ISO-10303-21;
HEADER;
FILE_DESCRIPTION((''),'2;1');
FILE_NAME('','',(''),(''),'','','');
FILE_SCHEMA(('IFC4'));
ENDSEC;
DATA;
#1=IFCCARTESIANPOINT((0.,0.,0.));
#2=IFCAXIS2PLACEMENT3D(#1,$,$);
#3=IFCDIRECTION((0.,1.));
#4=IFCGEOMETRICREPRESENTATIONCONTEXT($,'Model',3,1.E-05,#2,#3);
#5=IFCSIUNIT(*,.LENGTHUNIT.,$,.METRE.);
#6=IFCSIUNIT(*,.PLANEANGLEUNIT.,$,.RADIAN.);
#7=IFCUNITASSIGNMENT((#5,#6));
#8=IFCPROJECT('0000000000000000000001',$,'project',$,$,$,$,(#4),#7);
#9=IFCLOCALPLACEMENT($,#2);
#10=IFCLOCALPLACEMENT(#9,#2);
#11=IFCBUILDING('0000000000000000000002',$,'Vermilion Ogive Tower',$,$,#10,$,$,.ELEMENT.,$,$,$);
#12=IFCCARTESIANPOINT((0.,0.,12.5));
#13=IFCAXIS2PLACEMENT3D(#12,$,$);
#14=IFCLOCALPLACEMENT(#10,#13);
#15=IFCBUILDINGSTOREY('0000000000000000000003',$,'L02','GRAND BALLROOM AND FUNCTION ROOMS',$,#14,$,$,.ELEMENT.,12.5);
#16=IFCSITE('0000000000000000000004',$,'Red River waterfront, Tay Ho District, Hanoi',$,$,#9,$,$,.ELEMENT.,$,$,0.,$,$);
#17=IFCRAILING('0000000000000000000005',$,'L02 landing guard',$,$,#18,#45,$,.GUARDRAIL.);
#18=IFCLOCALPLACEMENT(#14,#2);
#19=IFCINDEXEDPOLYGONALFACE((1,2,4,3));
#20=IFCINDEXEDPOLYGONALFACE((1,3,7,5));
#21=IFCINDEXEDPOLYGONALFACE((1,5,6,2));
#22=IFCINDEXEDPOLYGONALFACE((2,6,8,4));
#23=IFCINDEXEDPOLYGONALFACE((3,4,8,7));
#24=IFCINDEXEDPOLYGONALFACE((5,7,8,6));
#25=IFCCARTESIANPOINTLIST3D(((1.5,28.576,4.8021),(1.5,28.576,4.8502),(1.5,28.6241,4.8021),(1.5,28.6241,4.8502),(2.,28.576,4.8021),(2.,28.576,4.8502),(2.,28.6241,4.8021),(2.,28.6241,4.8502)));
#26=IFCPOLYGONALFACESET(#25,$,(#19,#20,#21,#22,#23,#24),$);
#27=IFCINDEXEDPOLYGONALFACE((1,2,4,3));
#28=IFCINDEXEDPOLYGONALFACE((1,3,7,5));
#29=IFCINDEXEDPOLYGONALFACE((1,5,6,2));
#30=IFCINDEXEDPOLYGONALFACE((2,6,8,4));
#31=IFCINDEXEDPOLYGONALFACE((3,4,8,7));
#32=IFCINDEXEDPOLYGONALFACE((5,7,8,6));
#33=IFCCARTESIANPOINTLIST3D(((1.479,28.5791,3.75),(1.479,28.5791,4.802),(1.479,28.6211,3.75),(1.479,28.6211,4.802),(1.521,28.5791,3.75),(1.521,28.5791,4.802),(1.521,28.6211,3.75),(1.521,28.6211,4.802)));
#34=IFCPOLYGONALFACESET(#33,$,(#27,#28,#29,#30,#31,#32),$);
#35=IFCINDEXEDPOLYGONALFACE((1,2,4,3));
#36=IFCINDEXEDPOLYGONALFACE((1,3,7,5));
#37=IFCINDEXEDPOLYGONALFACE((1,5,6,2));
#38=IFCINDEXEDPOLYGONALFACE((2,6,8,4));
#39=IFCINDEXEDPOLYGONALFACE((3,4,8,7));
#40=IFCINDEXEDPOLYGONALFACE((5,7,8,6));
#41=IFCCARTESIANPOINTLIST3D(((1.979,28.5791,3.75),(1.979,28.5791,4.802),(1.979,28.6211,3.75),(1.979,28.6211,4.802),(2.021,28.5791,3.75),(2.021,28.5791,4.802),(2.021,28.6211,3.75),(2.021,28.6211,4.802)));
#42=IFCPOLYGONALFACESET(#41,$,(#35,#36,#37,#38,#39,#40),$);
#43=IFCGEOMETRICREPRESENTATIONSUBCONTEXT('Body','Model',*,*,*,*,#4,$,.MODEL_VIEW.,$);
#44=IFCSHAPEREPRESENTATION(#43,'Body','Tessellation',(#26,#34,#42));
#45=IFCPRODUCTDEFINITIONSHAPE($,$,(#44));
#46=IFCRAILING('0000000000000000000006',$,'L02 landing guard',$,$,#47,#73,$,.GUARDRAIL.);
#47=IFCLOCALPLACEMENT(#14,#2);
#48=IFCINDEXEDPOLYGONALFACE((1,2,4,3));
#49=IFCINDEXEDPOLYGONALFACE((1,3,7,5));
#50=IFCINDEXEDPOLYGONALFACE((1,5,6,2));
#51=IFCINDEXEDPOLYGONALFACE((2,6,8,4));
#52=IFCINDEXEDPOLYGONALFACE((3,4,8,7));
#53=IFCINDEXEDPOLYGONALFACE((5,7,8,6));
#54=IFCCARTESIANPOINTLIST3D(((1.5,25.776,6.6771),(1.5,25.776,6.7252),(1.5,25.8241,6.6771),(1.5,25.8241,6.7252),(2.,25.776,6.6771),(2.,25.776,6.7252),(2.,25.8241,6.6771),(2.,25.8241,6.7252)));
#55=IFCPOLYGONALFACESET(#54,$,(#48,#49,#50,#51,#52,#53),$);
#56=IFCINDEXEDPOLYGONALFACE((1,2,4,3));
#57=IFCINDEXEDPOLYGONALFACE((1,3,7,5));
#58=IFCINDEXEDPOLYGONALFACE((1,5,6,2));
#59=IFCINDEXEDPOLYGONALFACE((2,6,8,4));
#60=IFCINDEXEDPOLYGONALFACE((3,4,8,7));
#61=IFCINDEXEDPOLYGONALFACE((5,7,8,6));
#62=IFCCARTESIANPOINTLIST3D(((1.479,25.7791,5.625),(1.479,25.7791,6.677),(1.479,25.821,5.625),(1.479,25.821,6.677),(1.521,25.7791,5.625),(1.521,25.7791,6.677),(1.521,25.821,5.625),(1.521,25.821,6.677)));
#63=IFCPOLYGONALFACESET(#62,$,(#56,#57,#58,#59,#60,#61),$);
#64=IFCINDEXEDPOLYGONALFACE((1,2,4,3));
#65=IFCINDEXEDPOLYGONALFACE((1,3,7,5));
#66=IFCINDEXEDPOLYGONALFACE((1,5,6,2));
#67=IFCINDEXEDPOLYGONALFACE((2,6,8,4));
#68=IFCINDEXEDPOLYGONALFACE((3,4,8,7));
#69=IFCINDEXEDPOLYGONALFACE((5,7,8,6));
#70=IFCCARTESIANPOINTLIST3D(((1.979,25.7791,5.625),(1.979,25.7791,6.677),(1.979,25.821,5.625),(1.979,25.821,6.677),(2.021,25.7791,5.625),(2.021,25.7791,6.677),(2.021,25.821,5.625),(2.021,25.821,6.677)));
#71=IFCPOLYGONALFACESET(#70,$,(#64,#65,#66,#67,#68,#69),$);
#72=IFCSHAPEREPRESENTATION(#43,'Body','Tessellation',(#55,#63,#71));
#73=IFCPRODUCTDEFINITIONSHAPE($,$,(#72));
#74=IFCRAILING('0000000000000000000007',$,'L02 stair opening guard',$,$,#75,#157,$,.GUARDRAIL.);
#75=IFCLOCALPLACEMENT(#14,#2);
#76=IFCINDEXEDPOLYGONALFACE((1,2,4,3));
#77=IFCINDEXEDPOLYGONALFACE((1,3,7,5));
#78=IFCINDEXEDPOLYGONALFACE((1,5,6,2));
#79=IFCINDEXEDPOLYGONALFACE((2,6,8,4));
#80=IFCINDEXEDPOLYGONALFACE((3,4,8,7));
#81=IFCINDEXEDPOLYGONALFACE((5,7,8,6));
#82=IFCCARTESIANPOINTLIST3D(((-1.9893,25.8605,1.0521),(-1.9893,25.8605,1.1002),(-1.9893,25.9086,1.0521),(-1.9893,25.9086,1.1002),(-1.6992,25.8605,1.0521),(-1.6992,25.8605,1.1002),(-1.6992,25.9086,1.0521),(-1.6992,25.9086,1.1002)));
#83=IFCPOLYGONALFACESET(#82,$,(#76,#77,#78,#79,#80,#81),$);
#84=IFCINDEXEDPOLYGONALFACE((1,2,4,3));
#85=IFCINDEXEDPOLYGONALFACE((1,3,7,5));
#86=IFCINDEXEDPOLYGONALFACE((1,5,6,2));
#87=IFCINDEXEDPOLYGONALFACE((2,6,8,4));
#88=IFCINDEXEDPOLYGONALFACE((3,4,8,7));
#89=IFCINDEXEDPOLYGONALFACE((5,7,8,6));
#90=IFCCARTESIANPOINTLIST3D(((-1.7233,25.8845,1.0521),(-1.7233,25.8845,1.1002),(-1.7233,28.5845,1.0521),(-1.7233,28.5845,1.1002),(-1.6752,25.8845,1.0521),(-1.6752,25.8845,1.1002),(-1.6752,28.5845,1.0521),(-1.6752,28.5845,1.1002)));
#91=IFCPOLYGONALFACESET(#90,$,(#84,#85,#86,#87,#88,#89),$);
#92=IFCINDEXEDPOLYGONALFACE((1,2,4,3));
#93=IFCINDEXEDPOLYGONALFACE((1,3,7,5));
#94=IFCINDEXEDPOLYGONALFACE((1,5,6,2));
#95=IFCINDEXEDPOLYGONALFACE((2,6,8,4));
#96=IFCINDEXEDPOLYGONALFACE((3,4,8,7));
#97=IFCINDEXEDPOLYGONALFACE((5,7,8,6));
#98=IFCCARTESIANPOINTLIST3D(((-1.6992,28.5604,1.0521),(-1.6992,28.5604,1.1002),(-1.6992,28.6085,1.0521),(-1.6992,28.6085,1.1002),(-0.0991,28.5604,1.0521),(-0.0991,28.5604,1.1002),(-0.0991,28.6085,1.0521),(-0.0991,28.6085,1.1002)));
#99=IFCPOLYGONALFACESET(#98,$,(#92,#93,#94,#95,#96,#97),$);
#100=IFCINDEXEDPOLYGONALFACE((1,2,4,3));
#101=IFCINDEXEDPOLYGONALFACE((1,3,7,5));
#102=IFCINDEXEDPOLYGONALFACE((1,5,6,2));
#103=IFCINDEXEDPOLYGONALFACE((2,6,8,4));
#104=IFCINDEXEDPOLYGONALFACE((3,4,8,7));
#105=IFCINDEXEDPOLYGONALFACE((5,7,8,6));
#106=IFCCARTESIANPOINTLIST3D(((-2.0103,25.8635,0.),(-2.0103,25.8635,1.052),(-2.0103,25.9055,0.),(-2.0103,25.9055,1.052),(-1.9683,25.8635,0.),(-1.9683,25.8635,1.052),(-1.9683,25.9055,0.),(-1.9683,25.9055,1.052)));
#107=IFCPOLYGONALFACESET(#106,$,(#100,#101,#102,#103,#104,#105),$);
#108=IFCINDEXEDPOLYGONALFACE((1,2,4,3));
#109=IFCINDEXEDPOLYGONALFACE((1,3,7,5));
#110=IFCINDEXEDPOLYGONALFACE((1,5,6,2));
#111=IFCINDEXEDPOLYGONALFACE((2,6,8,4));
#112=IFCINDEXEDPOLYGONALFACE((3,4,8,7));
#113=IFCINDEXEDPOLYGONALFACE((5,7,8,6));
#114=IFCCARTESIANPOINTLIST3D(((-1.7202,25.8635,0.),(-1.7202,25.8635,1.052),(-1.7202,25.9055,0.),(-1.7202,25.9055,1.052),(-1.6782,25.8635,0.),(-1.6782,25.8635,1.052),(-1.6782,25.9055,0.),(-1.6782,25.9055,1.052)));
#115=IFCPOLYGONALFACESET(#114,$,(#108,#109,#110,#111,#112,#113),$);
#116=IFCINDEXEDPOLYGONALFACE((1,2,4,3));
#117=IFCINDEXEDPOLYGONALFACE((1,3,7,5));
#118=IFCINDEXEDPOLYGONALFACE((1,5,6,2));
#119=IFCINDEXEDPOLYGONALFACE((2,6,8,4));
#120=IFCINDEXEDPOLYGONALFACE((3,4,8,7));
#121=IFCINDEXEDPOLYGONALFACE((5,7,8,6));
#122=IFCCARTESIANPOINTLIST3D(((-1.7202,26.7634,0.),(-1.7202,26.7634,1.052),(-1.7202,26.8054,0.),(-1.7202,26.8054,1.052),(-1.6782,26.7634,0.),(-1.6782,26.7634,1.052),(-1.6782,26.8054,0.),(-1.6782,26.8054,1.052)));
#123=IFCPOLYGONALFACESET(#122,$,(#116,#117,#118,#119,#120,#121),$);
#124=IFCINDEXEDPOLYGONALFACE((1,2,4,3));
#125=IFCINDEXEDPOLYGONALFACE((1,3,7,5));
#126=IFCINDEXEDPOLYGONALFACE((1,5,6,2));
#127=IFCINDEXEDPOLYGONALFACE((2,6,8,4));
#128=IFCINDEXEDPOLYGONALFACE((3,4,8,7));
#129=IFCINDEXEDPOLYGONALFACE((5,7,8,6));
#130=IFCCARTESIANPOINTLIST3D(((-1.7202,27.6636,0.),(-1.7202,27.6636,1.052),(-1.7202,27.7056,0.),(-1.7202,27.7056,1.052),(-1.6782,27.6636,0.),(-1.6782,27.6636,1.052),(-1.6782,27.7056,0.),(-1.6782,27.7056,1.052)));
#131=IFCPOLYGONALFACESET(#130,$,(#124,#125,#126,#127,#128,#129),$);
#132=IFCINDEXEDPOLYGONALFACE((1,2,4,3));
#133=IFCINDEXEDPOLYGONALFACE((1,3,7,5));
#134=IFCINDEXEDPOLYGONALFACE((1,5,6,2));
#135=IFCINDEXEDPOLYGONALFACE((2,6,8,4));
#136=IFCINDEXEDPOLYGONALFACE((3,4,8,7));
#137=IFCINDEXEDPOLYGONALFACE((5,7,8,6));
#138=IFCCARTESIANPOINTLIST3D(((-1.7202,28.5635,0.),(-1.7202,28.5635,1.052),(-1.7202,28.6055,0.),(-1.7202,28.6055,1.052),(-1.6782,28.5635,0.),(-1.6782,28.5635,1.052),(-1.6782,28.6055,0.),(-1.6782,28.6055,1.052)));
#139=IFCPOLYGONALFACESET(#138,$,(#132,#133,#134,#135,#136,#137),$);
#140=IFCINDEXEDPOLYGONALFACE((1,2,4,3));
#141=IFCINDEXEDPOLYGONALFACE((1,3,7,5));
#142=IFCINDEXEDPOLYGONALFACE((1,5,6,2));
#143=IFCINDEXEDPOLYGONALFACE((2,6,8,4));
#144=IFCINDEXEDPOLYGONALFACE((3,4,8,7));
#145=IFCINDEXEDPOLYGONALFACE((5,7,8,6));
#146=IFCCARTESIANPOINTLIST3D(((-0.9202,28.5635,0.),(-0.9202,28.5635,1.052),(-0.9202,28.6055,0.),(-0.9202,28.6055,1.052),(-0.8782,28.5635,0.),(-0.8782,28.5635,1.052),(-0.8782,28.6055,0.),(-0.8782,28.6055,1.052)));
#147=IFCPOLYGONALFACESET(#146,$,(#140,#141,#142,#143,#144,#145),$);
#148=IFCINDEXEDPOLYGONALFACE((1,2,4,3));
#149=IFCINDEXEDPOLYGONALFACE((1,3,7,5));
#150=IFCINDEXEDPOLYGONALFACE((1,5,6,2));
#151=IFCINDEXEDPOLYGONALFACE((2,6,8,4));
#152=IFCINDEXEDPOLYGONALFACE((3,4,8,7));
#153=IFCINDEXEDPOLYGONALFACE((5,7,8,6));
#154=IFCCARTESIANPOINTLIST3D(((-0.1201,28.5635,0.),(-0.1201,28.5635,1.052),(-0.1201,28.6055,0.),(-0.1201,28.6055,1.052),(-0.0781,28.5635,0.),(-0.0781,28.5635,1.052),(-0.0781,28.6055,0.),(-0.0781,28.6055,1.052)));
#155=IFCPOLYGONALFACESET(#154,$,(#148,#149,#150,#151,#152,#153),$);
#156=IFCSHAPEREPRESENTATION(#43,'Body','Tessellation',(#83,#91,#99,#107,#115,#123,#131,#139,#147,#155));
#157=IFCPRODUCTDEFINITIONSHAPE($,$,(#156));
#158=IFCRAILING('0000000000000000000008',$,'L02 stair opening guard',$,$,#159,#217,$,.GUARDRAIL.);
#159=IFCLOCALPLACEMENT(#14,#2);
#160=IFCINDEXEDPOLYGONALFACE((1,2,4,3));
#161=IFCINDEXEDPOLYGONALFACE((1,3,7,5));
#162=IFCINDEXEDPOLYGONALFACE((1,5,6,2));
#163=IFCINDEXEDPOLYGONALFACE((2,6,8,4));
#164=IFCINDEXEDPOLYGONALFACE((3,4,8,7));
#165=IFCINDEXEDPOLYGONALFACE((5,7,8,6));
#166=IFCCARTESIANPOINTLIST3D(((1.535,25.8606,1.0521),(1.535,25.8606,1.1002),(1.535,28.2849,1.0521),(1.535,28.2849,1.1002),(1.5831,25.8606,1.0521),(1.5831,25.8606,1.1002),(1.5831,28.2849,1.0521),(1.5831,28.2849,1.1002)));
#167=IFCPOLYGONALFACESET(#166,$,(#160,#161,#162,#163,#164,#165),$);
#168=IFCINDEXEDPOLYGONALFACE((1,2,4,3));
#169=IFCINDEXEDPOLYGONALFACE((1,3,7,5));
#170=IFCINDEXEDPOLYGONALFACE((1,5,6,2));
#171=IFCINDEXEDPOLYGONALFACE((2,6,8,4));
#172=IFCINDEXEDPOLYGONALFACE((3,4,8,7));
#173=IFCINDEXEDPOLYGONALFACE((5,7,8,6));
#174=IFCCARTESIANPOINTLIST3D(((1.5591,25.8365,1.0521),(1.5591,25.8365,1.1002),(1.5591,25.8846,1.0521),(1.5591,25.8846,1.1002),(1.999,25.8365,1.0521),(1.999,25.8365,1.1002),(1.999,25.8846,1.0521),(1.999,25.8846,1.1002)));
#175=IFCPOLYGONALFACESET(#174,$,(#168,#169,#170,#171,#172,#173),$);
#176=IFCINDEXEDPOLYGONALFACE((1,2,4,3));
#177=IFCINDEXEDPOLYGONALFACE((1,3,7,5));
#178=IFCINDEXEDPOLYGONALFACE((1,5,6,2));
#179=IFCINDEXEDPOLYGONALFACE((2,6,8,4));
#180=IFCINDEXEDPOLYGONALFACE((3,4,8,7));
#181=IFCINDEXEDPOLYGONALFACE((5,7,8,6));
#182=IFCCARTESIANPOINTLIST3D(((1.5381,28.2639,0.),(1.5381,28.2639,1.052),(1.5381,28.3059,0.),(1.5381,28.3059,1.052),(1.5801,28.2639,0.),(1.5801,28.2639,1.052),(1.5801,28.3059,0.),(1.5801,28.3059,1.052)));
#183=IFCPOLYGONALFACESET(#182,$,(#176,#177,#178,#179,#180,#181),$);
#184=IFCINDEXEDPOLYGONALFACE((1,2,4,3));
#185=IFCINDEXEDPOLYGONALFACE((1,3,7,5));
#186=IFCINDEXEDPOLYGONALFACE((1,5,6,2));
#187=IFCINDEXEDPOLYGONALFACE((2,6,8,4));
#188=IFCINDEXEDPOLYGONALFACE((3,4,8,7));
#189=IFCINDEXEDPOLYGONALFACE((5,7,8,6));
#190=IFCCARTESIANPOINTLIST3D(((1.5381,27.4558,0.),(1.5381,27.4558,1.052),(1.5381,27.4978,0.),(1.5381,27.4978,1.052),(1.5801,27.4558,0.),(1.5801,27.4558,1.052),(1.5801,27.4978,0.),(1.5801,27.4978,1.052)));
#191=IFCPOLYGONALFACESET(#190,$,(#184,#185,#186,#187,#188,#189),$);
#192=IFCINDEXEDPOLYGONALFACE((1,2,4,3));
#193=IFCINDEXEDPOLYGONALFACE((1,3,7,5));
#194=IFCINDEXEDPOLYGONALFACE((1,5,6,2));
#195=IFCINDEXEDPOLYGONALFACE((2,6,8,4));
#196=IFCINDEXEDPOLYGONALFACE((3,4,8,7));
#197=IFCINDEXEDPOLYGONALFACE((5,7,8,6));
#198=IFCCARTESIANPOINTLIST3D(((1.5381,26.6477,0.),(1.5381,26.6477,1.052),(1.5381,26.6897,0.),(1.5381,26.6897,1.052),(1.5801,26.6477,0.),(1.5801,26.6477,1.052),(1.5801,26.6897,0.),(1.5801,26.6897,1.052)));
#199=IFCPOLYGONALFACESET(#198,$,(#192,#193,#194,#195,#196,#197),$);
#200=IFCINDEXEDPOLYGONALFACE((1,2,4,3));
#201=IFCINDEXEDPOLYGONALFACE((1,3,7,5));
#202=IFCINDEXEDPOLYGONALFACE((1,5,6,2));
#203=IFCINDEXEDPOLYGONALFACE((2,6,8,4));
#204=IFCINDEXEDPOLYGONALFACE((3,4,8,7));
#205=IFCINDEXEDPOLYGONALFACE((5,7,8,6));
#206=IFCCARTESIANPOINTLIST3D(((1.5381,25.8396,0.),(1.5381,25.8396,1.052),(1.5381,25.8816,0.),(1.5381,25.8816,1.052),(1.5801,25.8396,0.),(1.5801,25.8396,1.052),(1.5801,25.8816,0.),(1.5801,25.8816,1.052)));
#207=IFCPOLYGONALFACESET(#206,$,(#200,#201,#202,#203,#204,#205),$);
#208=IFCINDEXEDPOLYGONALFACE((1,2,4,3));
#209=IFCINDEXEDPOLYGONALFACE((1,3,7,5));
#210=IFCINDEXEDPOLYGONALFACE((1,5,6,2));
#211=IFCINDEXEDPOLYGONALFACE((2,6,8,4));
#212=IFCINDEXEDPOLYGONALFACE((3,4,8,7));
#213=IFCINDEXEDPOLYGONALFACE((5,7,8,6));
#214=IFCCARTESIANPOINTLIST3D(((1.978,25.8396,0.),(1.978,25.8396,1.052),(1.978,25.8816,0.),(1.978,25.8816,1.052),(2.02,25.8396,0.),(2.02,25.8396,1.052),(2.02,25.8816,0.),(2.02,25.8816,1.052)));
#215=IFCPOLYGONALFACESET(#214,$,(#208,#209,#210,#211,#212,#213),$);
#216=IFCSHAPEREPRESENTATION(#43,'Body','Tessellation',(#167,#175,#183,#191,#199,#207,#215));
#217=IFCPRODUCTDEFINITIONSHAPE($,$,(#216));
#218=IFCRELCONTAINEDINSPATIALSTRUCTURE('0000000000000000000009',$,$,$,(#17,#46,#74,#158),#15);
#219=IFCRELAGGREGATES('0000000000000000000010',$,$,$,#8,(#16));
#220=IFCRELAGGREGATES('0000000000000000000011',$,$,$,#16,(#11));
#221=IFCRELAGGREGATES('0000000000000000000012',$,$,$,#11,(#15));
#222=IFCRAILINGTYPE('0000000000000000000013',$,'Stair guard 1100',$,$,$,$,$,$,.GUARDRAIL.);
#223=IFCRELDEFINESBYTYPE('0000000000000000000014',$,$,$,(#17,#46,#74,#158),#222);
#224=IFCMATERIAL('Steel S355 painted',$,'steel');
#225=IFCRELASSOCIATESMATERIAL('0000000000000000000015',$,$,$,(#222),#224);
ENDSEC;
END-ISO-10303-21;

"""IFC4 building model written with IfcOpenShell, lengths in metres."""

from ifc_helpers import new_model, si_unit, direction, frame, origin, origin_2d, place, context, subcontext, project, spatial, rectangle, extrude, material, type_object, element, save


model = new_model("IFC4")

# Units and contexts
model_context = context("Model", 3, precision=1e-05, world=origin(), true_north=direction((0.0, 1.0)))
body_context = subcontext(model_context, "Body", "Model", "MODEL_VIEW")
ifc_project = project(units=[si_unit("LENGTHUNIT", "METRE"), si_unit("PLANEANGLEUNIT", "RADIAN")], contexts=[model_context])

# Site, building, storey
site_placement = place(None, origin())
site = spatial("IfcSite", under=ifc_project, at=site_placement, Name="Red River waterfront, Tay Ho District, Hanoi", CompositionType="ELEMENT", RefElevation=0.0)
building_placement = place(site_placement, origin())
building = spatial("IfcBuilding", under=site, at=building_placement, Name="Vermilion Ogive Tower", CompositionType="ELEMENT")
storey_placement = place(building_placement, frame((0.0, 0.0, 12.5)))
storey = spatial("IfcBuildingStorey", under=building, at=storey_placement, Name="L02", Description="GRAND BALLROOM AND FUNCTION ROOMS", CompositionType="ELEMENT", Elevation=12.5)

# Railings
ifc_material_1 = material(Name="Steel S355 painted", Category="steel")
railing_type_1 = type_object("IfcRailingType", Name="Stair guard 1100", PredefinedType="GUARDRAIL", material=ifc_material_1)
for number, where, name in (
    (1, (1.5, 28.6001, 3.75), "L02 landing guard"),
    (2, (1.5, 25.8, 5.625), "L02 landing guard"),
):
    element("IfcRailing", number, at=place(storey_placement, frame(where)), inside=storey, type_object=railing_type_1, Name=name, PredefinedType="GUARDRAIL", context=body_context, shape_type="SweptSolid", body=[
        extrude(rectangle(XDim=0.0481, YDim=0.0481, at=origin_2d()), frame((0.0, 0.0, 1.0762), z_axis=(1.0, 0.0, 0.0), x_axis=(0.0, 1.0, 0.0)), (0.0, 0.0, 1.0), 0.5),
        extrude(rectangle(XDim=0.042, YDim=0.042, at=origin_2d()), origin(), (0.0, 0.0, 1.0), 1.052),
        extrude(rectangle(XDim=0.042, YDim=0.042, at=origin_2d()), frame((0.5, 0.0, 0.0)), (0.0, 0.0, 1.0), 1.052),
    ])
railing_1_placement = place(storey_placement, frame((-1.9893, 25.8845, 0.0)))
element("IfcRailing", 3, at=railing_1_placement, inside=storey, type_object=railing_type_1, Name="L02 stair opening guard", PredefinedType="GUARDRAIL", context=body_context, shape_type="SweptSolid", body=[
    extrude(rectangle(XDim=0.0481, YDim=0.0481, at=origin_2d()), frame((0.0, 0.0, 1.0762), z_axis=(1.0, 0.0, 0.0), x_axis=(0.0, 1.0, 0.0)), (0.0, 0.0, 1.0), 0.29),
    extrude(rectangle(XDim=0.0481, YDim=0.0481, at=origin_2d()), frame((0.29, 0.0, 1.0762), z_axis=(0.0, 1.0, 0.0), x_axis=(-1.0, 0.0, 0.0)), (0.0, 0.0, 1.0), 2.7),
    extrude(rectangle(XDim=0.0481, YDim=0.0481, at=origin_2d()), frame((0.29, 2.7, 1.0762), z_axis=(1.0, 0.0, 0.0), x_axis=(0.0, 1.0, 0.0)), (0.0, 0.0, 1.0), 1.6001),
    extrude(rectangle(XDim=0.042, YDim=0.042, at=origin_2d()), origin(), (0.0, 0.0, 1.0), 1.052),
    extrude(rectangle(XDim=0.042, YDim=0.042, at=origin_2d()), frame((0.29, 0.0, 0.0)), (0.0, 0.0, 1.0), 1.052),
    extrude(rectangle(XDim=0.042, YDim=0.042, at=origin_2d()), frame((0.29, 0.8999, 0.0)), (0.0, 0.0, 1.0), 1.052),
    extrude(rectangle(XDim=0.042, YDim=0.042, at=origin_2d()), frame((0.29, 1.8, 0.0)), (0.0, 0.0, 1.0), 1.052),
    extrude(rectangle(XDim=0.042, YDim=0.042, at=origin_2d()), frame((0.29, 2.7, 0.0)), (0.0, 0.0, 1.0), 1.052),
    extrude(rectangle(XDim=0.042, YDim=0.042, at=origin_2d()), frame((1.0901, 2.7, 0.0)), (0.0, 0.0, 1.0), 1.052),
    extrude(rectangle(XDim=0.042, YDim=0.042, at=origin_2d()), frame((1.8901, 2.7, 0.0)), (0.0, 0.0, 1.0), 1.052),
])
railing_2_placement = place(storey_placement, frame((1.5591, 28.2849, 0.0)))
element("IfcRailing", 4, at=railing_2_placement, inside=storey, type_object=railing_type_1, Name="L02 stair opening guard", PredefinedType="GUARDRAIL", context=body_context, shape_type="SweptSolid", body=[
    extrude(rectangle(XDim=0.0481, YDim=0.0481, at=origin_2d()), frame((0.0, 0.0, 1.0762), z_axis=(0.0, -1.0, 0.0), x_axis=(1.0, 0.0, 0.0)), (0.0, 0.0, 1.0), 2.4243),
    extrude(rectangle(XDim=0.0481, YDim=0.0481, at=origin_2d()), frame((0.0, -2.4243, 1.0762), z_axis=(1.0, 0.0, 0.0), x_axis=(0.0, 1.0, 0.0)), (0.0, 0.0, 1.0), 0.4399),
    extrude(rectangle(XDim=0.042, YDim=0.042, at=origin_2d()), origin(), (0.0, 0.0, 1.0), 1.052),
    extrude(rectangle(XDim=0.042, YDim=0.042, at=origin_2d()), frame((0.0, -0.8081, 0.0)), (0.0, 0.0, 1.0), 1.052),
    extrude(rectangle(XDim=0.042, YDim=0.042, at=origin_2d()), frame((0.0, -1.6162, 0.0)), (0.0, 0.0, 1.0), 1.052),
    extrude(rectangle(XDim=0.042, YDim=0.042, at=origin_2d()), frame((0.0, -2.4243, 0.0)), (0.0, 0.0, 1.0), 1.052),
    extrude(rectangle(XDim=0.042, YDim=0.042, at=origin_2d()), frame((0.4399, -2.4243, 0.0)), (0.0, 0.0, 1.0), 1.052),
])

save(model, "model.ifc")
